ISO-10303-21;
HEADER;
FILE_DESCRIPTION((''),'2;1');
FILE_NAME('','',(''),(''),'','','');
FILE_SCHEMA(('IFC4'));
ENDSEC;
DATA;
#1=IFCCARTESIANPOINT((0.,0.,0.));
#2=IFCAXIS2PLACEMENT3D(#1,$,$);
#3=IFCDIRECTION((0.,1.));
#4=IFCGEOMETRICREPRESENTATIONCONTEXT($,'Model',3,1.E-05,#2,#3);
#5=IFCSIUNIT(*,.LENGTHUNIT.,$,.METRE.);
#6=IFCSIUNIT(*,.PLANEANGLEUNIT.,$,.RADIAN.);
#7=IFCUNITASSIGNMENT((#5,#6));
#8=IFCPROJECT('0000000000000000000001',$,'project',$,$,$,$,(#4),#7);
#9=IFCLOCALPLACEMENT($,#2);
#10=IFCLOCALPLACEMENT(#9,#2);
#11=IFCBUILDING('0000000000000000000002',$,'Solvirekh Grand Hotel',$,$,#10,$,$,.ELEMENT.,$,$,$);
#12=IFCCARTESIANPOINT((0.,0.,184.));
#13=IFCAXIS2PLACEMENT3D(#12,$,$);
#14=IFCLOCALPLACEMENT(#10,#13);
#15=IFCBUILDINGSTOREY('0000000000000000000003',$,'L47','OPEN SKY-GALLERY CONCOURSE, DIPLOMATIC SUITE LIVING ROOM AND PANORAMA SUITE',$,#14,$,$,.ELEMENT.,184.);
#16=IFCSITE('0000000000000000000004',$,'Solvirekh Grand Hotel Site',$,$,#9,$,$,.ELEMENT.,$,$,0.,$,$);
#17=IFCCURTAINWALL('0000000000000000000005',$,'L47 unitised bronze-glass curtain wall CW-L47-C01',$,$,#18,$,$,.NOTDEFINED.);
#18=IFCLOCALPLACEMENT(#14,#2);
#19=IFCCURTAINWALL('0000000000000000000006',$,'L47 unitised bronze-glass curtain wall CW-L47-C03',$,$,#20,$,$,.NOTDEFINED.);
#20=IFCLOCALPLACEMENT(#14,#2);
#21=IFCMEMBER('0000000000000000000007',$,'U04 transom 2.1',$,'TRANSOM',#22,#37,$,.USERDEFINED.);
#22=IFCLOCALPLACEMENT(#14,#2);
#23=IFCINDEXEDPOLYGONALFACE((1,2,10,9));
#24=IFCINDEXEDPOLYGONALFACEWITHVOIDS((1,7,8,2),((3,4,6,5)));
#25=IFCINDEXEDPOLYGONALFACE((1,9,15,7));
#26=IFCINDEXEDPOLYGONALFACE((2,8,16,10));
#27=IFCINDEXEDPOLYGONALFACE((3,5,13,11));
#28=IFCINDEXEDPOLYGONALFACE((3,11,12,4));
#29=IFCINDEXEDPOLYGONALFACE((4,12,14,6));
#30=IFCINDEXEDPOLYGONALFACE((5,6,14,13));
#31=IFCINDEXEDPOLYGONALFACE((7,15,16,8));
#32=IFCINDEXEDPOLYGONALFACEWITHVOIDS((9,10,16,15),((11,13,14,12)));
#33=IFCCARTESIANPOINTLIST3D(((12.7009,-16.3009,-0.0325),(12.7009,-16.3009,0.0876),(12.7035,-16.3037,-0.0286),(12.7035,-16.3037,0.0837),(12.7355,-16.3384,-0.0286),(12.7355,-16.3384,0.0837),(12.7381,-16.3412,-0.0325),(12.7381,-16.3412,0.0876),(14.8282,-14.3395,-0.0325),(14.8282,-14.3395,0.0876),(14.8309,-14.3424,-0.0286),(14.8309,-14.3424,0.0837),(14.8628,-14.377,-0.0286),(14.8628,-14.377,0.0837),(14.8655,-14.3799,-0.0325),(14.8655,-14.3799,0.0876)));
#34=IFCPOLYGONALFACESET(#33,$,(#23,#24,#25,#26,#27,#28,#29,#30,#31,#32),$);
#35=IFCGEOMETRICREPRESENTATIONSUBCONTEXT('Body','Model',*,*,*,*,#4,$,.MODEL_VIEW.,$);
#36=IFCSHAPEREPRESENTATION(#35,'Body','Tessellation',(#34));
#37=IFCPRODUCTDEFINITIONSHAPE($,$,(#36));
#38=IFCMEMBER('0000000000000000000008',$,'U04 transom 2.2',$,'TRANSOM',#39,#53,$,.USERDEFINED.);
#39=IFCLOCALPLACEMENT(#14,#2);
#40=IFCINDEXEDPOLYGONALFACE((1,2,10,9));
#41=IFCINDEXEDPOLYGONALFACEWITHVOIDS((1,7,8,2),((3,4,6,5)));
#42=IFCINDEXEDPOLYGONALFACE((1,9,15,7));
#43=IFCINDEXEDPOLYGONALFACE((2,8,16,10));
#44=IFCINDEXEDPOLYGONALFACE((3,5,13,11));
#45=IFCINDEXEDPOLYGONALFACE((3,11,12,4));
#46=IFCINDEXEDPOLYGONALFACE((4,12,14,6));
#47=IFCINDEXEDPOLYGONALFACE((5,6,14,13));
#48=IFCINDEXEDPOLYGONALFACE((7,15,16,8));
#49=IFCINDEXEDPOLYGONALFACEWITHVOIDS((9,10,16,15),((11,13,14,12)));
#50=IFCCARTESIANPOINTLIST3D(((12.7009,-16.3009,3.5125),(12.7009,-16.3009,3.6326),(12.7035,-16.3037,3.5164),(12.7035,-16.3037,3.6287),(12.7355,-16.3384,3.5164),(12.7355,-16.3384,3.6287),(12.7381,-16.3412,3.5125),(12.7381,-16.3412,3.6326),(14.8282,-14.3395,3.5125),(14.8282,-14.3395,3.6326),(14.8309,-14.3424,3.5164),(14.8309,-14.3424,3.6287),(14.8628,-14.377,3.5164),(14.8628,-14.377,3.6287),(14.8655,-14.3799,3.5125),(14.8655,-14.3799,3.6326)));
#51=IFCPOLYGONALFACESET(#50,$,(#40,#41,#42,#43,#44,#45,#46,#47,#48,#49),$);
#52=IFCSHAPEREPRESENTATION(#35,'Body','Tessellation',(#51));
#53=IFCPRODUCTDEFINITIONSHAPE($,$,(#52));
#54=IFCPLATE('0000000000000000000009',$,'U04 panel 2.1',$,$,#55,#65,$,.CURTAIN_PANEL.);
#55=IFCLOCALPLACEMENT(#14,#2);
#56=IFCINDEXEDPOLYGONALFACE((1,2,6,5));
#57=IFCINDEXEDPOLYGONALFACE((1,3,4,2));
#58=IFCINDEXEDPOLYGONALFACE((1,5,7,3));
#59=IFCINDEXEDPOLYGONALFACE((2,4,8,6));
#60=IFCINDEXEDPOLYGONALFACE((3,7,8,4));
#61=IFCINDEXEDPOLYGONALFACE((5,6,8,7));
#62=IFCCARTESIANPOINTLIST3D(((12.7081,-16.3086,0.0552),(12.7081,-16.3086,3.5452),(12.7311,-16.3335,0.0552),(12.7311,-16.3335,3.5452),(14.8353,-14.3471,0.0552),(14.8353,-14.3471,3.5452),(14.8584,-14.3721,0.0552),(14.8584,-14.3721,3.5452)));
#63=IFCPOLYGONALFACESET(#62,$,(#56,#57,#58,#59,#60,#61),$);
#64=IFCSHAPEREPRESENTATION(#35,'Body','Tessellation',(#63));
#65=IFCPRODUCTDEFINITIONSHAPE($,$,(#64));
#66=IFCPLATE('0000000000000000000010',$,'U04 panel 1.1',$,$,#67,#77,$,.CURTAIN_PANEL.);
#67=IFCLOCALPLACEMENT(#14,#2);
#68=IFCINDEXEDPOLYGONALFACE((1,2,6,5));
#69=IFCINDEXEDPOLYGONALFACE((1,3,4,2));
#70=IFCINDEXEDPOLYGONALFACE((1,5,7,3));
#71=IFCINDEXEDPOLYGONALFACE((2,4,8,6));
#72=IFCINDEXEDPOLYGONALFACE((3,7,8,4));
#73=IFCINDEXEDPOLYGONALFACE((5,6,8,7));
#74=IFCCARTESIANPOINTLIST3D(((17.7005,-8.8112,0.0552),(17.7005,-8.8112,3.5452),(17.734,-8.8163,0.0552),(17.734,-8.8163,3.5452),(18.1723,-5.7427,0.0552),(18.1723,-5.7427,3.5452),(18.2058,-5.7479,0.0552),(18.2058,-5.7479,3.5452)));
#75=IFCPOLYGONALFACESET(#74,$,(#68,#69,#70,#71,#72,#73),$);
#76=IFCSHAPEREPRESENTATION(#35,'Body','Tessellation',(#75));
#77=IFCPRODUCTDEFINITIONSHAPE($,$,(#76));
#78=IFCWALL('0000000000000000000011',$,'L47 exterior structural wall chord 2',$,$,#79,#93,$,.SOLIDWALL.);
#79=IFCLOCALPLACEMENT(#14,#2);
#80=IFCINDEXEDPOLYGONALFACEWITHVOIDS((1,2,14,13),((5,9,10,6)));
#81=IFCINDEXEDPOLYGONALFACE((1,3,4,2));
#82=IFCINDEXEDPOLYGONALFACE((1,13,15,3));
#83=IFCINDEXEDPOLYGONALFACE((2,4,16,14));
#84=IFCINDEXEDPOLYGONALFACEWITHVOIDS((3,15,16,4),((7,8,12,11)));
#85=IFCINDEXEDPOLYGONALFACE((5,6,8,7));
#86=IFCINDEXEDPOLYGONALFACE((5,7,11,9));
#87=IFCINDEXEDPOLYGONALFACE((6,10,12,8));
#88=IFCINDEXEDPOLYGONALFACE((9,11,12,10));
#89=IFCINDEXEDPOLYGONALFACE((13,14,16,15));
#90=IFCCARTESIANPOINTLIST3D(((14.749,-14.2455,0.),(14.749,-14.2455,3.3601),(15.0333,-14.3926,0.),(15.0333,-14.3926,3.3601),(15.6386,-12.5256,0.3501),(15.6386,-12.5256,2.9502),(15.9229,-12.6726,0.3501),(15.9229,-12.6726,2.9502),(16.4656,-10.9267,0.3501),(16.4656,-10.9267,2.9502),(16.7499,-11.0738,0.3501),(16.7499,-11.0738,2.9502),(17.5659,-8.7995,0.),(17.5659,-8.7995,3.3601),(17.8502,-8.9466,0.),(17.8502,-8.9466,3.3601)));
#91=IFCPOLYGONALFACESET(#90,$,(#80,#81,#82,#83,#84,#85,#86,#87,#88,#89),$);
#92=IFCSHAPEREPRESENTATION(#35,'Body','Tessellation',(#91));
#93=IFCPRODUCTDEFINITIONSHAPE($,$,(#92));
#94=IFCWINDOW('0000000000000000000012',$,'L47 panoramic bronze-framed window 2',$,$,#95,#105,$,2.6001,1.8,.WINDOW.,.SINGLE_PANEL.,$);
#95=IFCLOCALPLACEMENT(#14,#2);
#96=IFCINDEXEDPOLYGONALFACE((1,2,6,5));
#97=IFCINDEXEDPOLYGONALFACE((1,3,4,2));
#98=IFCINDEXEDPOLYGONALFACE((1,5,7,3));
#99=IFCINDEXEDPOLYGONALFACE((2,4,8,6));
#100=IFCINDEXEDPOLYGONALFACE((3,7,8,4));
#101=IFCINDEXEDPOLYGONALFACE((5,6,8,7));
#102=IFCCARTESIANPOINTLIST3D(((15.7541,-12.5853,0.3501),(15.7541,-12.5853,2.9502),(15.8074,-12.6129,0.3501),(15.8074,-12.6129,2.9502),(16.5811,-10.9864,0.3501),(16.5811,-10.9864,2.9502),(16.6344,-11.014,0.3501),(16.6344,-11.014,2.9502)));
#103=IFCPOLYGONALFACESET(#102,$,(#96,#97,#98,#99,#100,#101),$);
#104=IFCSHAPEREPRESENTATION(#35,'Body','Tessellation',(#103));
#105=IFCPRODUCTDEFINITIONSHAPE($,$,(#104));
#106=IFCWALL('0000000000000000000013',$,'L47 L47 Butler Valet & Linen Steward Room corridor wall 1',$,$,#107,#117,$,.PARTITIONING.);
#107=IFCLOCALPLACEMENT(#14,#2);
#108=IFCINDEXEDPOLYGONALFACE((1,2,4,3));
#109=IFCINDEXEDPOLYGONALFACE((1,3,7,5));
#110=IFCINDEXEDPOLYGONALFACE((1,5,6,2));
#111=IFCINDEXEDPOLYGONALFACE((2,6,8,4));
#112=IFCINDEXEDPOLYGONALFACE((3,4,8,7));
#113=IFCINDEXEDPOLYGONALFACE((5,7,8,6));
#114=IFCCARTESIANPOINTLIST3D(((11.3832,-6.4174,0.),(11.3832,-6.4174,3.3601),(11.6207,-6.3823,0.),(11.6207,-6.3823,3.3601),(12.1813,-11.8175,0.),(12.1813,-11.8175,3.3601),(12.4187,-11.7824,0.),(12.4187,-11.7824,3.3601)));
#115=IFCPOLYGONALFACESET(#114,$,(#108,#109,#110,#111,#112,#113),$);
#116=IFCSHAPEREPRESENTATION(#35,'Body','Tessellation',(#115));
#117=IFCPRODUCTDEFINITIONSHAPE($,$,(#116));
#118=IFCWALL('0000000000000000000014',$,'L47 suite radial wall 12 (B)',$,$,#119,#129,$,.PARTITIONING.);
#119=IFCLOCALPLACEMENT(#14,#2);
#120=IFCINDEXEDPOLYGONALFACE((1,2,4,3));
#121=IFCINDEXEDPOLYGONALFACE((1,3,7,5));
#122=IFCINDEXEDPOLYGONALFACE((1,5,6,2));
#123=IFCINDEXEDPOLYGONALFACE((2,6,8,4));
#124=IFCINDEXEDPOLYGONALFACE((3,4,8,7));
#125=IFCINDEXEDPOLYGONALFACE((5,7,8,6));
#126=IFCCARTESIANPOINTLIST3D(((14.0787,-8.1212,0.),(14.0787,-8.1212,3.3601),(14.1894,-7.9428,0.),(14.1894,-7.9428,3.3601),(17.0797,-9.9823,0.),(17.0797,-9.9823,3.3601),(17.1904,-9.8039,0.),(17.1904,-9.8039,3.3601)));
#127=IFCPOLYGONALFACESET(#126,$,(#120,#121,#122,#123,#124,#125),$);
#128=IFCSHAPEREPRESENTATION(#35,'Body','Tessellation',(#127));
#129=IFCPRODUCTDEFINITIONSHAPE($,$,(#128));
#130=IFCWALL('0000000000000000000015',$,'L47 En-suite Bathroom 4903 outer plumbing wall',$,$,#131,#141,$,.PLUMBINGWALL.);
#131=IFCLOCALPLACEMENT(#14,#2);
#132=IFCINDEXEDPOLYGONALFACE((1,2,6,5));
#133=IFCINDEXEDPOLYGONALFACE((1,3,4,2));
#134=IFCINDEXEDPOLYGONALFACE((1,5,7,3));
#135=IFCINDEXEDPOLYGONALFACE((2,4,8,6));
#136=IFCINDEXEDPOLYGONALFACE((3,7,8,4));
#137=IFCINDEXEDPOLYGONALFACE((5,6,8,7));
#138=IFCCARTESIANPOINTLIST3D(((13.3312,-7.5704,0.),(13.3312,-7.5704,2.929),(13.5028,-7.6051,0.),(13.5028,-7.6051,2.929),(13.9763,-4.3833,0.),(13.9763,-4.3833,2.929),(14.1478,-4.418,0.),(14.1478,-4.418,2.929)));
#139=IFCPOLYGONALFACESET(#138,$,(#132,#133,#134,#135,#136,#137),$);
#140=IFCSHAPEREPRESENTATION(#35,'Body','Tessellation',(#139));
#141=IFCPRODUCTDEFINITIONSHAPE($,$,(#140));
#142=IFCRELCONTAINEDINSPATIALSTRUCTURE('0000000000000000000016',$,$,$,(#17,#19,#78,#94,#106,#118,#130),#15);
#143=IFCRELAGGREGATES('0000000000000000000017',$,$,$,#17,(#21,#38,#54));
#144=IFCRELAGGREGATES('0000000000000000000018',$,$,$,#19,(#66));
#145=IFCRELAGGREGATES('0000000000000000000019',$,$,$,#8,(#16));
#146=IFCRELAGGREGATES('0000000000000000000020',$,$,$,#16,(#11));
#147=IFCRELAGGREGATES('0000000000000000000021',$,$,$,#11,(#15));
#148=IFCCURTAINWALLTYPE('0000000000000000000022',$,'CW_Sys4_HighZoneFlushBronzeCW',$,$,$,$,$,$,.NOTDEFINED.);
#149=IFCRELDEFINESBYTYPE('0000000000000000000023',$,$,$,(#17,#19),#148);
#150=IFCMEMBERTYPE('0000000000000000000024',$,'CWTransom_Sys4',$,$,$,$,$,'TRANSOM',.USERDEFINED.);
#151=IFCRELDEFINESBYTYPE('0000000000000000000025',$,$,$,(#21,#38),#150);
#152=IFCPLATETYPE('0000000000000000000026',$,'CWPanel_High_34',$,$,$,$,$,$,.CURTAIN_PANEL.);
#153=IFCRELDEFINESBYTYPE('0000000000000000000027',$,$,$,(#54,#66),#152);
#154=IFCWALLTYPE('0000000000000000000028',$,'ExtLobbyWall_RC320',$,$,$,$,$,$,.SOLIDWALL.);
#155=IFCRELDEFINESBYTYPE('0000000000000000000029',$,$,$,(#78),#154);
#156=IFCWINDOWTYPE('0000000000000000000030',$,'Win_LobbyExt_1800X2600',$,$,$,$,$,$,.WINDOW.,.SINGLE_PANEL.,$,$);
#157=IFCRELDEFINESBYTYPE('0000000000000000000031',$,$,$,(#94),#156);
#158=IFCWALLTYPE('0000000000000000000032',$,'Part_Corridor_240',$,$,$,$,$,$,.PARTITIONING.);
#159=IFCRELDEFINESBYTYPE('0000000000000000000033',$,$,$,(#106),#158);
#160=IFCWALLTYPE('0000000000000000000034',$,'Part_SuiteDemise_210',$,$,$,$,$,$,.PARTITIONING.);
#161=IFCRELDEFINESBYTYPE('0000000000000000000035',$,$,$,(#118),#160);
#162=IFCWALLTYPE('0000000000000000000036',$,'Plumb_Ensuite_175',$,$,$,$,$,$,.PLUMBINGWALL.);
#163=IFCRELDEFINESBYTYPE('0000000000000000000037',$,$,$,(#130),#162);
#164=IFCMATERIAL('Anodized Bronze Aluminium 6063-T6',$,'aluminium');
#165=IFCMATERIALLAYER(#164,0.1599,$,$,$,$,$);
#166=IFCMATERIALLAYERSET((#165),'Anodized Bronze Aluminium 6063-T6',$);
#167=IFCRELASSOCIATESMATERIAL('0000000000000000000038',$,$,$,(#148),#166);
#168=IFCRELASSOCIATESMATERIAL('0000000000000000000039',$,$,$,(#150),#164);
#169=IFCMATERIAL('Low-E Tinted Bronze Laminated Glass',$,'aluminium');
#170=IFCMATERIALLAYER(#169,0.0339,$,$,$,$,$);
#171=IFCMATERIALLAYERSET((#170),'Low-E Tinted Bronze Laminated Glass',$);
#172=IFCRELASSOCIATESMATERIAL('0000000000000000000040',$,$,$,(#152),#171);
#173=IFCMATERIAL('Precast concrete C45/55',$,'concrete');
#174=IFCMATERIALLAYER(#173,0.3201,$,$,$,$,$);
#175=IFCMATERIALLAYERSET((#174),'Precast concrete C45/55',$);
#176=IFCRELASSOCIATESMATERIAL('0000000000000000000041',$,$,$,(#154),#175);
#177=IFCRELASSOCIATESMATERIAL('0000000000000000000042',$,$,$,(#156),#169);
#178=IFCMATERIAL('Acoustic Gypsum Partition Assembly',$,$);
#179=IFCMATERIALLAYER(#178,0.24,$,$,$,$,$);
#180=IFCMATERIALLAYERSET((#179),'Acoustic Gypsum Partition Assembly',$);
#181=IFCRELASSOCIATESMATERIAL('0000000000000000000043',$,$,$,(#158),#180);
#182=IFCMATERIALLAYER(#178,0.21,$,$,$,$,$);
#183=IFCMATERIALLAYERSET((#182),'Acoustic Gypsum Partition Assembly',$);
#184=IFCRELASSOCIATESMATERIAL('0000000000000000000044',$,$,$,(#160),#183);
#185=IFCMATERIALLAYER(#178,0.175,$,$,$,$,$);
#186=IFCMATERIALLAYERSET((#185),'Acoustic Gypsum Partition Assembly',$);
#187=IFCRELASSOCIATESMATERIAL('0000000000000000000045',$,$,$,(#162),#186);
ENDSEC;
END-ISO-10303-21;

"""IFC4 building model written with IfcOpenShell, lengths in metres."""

from ifc_helpers import new_model, si_unit, direction, frame, frame_2d, origin, origin_2d, place, context, subcontext, project, spatial, rectangle, hollow_rectangle, extrude, source, transform, mapped, material, layer, layer_set, material_profile, profile_set, type_object, element, fill, aggregate, save


model = new_model("IFC4")

# Units and contexts
model_context = context("Model", 3, precision=1e-05, world=origin(), true_north=direction((0.0, 1.0)))
body_context = subcontext(model_context, "Body", "Model", "MODEL_VIEW")
ifc_project = project(units=[si_unit("LENGTHUNIT", "METRE"), si_unit("PLANEANGLEUNIT", "RADIAN")], contexts=[model_context])

# Site, building, storey
site_placement = place(None, origin())
site = spatial("IfcSite", under=ifc_project, at=site_placement, Name="Solvirekh Grand Hotel Site", CompositionType="ELEMENT", RefElevation=0.0)
building_placement = place(site_placement, origin())
building = spatial("IfcBuilding", under=site, at=building_placement, Name="Solvirekh Grand Hotel", CompositionType="ELEMENT")
storey_placement = place(building_placement, frame((0.0, 0.0, 184.0)))
storey = spatial("IfcBuildingStorey", under=building, at=storey_placement, Name="L47", Description="OPEN SKY-GALLERY CONCOURSE, DIPLOMATIC SUITE LIVING ROOM AND PANORAMA SUITE", CompositionType="ELEMENT", Elevation=184.0)

# Curtain walls
ifc_material_1 = material(Name="Anodized Bronze Aluminium 6063-T6", Category="aluminium")
ifc_layer_1 = layer(ifc_material_1, 0.1599)
ifc_layer_set_1 = layer_set([ifc_layer_1], Name="Anodized Bronze Aluminium 6063-T6")
curtain_wall_type = type_object("IfcCurtainWallType", Name="CW_Sys4_HighZoneFlushBronzeCW", PredefinedType="NOTDEFINED", material=ifc_layer_set_1)
curtain_wall_1_placement = place(storey_placement, origin())
curtain_wall_1 = element("IfcCurtainWall", 1, at=curtain_wall_1_placement, inside=storey, type_object=curtain_wall_type, Name="L47 unitised bronze-glass curtain wall CW-L47-C01", PredefinedType="NOTDEFINED")
curtain_wall_2_placement = place(storey_placement, origin())
curtain_wall_2 = element("IfcCurtainWall", 2, at=curtain_wall_2_placement, inside=storey, type_object=curtain_wall_type, Name="L47 unitised bronze-glass curtain wall CW-L47-C03", PredefinedType="NOTDEFINED")
ifc_material_profile_1 = material_profile(ifc_material_1, hollow_rectangle(XDim=0.0549, YDim=0.1201, WallThickness=0.0039, at=origin_2d()), Name="ALU RHS 120X55X4")
ifc_profile_set_1 = profile_set([ifc_material_profile_1], Name="Anodized Bronze Aluminium 6063-T6")
member_type_1 = type_object("IfcMemberType", Name="CWTransom_Sys4", ElementType="TRANSOM", PredefinedType="USERDEFINED", material=ifc_profile_set_1)

# Members
shared_shape_1 = source(origin(), body_context, "Body", "SweptSolid", [
    extrude(hollow_rectangle(XDim=0.0549, YDim=0.1201, WallThickness=0.0039, at=origin_2d()), origin(), (0.0, 0.0, 1.0), 2.8936),
])
member_1_placement = place(storey_placement, frame((12.7195, -16.321, 0.0276), z_axis=(0.735211, 0.677838, 0.0), x_axis=(-0.677838, 0.735211, 0.0)))
member_1 = element("IfcMember", 3, at=member_1_placement, type_object=member_type_1, Name="U04 transom 2.1", ObjectType="TRANSOM", PredefinedType="USERDEFINED", context=body_context, shape_type="MappedRepresentation", body=[
    mapped(shared_shape_1, transform((0.0, 0.0, 0.0), x_axis=(1.0, 0.0, 0.0), y_axis=(0.0, 1.0, 0.0), z_axis=(0.0, 0.0, 1.0), scale=1.0)),
])
member_2_placement = place(storey_placement, frame((12.7195, -16.321, 3.5725), z_axis=(0.735211, 0.677838, 0.0), x_axis=(-0.677838, 0.735211, 0.0)))
member_2 = element("IfcMember", 4, at=member_2_placement, type_object=member_type_1, Name="U04 transom 2.2", ObjectType="TRANSOM", PredefinedType="USERDEFINED", context=body_context, shape_type="MappedRepresentation", body=[
    mapped(shared_shape_1, transform((0.0, 0.0, 0.0), x_axis=(1.0, 0.0, 0.0), y_axis=(0.0, 1.0, 0.0), z_axis=(0.0, 0.0, 1.0), scale=1.0)),
])

# Plates
ifc_material_2 = material(Name="Low-E Tinted Bronze Laminated Glass", Category="aluminium")
ifc_layer_2 = layer(ifc_material_2, 0.0339)
ifc_layer_set_2 = layer_set([ifc_layer_2], Name="Low-E Tinted Bronze Laminated Glass")
plate_type = type_object("IfcPlateType", Name="CWPanel_High_34", PredefinedType="CURTAIN_PANEL", material=ifc_layer_set_2)
shared_shape_2 = source(origin(), body_context, "Body", "SweptSolid", [
    extrude(rectangle(XDim=2.8936, YDim=0.0339, at=origin_2d()), origin(), (0.0, 0.0, 1.0), 3.49),
])
plate_1_placement = place(storey_placement, frame((13.7832, -15.3403, 0.0552), z_axis=(0.0, 0.0, 1.0), x_axis=(0.735182, 0.677869, 0.0)))
plate_1 = element("IfcPlate", 5, at=plate_1_placement, type_object=plate_type, Name="U04 panel 2.1", PredefinedType="CURTAIN_PANEL", context=body_context, shape_type="MappedRepresentation", body=[
    mapped(shared_shape_2, transform((0.0, 0.0, 0.0), x_axis=(1.0, 0.0, 0.0), y_axis=(0.0, 1.0, 0.0), z_axis=(0.0, 0.0, 1.0), scale=1.0)),
])
aggregate(curtain_wall_1, [member_1, member_2, plate_1])
shared_shape_3 = source(origin(), body_context, "Body", "SweptSolid", [
    extrude(rectangle(XDim=3.1045, YDim=0.0339, at=origin_2d()), origin(), (0.0, 0.0, 1.0), 3.49),
])
plate_2_placement = place(storey_placement, frame((17.9531, -7.2795, 0.0552), z_axis=(0.0, 0.0, 1.0), x_axis=(0.151975, 0.988384, 0.0)))
plate_2 = element("IfcPlate", 6, at=plate_2_placement, type_object=plate_type, Name="U04 panel 1.1", PredefinedType="CURTAIN_PANEL", context=body_context, shape_type="MappedRepresentation", body=[
    mapped(shared_shape_3, transform((0.0, 0.0, 0.0), x_axis=(1.0, 0.0, 0.0), y_axis=(0.0, 1.0, 0.0), z_axis=(0.0, 0.0, 1.0), scale=1.0)),
])
aggregate(curtain_wall_2, [plate_2])

# Wall, opening, window
ifc_material_3 = material(Name="Precast concrete C45/55", Category="concrete")
ifc_layer_3 = layer(ifc_material_3, 0.3201)
ifc_layer_set_3 = layer_set([ifc_layer_3], Name="Precast concrete C45/55")
wall_type_1 = type_object("IfcWallType", Name="ExtLobbyWall_RC320", PredefinedType="SOLIDWALL", material=ifc_layer_set_3)
wall_1_placement = place(storey_placement, frame((17.708, -8.873, 0.0), z_axis=(0.0, 0.0, 1.0), x_axis=(-0.45942, -0.888219, 0.0)))
wall_1 = element("IfcWall", 7, at=wall_1_placement, inside=storey, type_object=wall_type_1, Name="L47 exterior structural wall chord 2", PredefinedType="SOLIDWALL", context=body_context, shape_type="SweptSolid", body=[
    extrude(rectangle(XDim=6.1313, YDim=0.3201, at=frame_2d((3.0657, 0.0))), origin(), (0.0, 0.0, 1.0), 3.3601),
])
opening_placement = place(wall_1_placement, frame((2.395, 0.0, 0.3501)))
opening = element("IfcOpeningElement", 8, at=opening_placement, cuts=wall_1, PredefinedType="OPENING", context=body_context, shape_type="SweptSolid", body=[
    extrude(rectangle(XDim=1.8, YDim=2.6001, at=frame_2d((0.8999, 1.3))), frame((0.0, 0.1699, 0.0), z_axis=(0.0, -1.0, 0.0), x_axis=(1.0, 0.0, 0.0)), (0.0, 0.0, 1.0), 0.3401),
])
window_type = type_object("IfcWindowType", Name="Win_LobbyExt_1800X2600", PartitioningType="SINGLE_PANEL", PredefinedType="WINDOW", material=ifc_material_2)
window_placement = place(opening_placement, origin())
window = element("IfcWindow", 9, at=window_placement, inside=storey, type_object=window_type, Name="L47 panoramic bronze-framed window 2", OverallHeight=2.6001, OverallWidth=1.8, PartitioningType="SINGLE_PANEL", PredefinedType="WINDOW", context=body_context, shape_type="SweptSolid", body=[
    extrude(rectangle(XDim=1.8, YDim=2.6001, at=frame_2d((0.8999, 1.3))), frame((0.0, 0.03, 0.0), z_axis=(0.0, -1.0, 0.0), x_axis=(1.0, 0.0, 0.0)), (0.0, 0.0, 1.0), 0.0601),
])
fill(opening, window)

# Walls
ifc_material_4 = material(Name="Acoustic Gypsum Partition Assembly")
ifc_layer_4 = layer(ifc_material_4, 0.24)
ifc_layer_set_4 = layer_set([ifc_layer_4], Name="Acoustic Gypsum Partition Assembly")
wall_type_2 = type_object("IfcWallType", Name="Part_Corridor_240", PredefinedType="PARTITIONING", material=ifc_layer_set_4)
wall_2_placement = place(storey_placement, frame((12.3, -11.8, 0.0), z_axis=(0.0, 0.0, 1.0), x_axis=(-0.146203, 0.989255, 0.0)))
element("IfcWall", 10, at=wall_2_placement, inside=storey, type_object=wall_type_2, Name="L47 L47 Butler Valet & Linen Steward Room corridor wall 1", PredefinedType="PARTITIONING", context=body_context, shape_type="SweptSolid", body=[
    extrude(rectangle(XDim=5.4587, YDim=0.24, at=frame_2d((2.7295, 0.0))), origin(), (0.0, 0.0, 1.0), 3.3601),
])
ifc_layer_5 = layer(ifc_material_4, 0.21)
ifc_layer_set_5 = layer_set([ifc_layer_5], Name="Acoustic Gypsum Partition Assembly")
wall_type_3 = type_object("IfcWallType", Name="Part_SuiteDemise_210", PredefinedType="PARTITIONING", material=ifc_layer_set_5)
wall_3_placement = place(storey_placement, frame((14.134, -8.032, 0.0), z_axis=(0.0, 0.0, 1.0), x_axis=(0.849842, -0.527038, 0.0)))
element("IfcWall", 11, at=wall_3_placement, inside=storey, type_object=wall_type_3, Name="L47 suite radial wall 12 (B)", PredefinedType="PARTITIONING", context=body_context, shape_type="SweptSolid", body=[
    extrude(rectangle(XDim=3.5312, YDim=0.21, at=frame_2d((1.7656, 0.0))), origin(), (0.0, 0.0, 1.0), 3.3601),
])
ifc_layer_6 = layer(ifc_material_4, 0.175)
ifc_layer_set_6 = layer_set([ifc_layer_6], Name="Acoustic Gypsum Partition Assembly")
wall_type_4 = type_object("IfcWallType", Name="Plumb_Ensuite_175", PredefinedType="PLUMBINGWALL", material=ifc_layer_set_6)
wall_4_placement = place(storey_placement, frame((13.417, -7.5879, 0.0), z_axis=(0.0, 0.0, 1.0), x_axis=(0.198368, 0.980128, 0.0)))
element("IfcWall", 12, at=wall_4_placement, inside=storey, type_object=wall_type_4, Name="L47 En-suite Bathroom 4903 outer plumbing wall", PredefinedType="PLUMBINGWALL", context=body_context, shape_type="SweptSolid", body=[
    extrude(rectangle(XDim=3.2517, YDim=0.175, at=frame_2d((1.626, 0.0))), origin(), (0.0, 0.0, 1.0), 2.929),
])

save(model, "model.ifc")
